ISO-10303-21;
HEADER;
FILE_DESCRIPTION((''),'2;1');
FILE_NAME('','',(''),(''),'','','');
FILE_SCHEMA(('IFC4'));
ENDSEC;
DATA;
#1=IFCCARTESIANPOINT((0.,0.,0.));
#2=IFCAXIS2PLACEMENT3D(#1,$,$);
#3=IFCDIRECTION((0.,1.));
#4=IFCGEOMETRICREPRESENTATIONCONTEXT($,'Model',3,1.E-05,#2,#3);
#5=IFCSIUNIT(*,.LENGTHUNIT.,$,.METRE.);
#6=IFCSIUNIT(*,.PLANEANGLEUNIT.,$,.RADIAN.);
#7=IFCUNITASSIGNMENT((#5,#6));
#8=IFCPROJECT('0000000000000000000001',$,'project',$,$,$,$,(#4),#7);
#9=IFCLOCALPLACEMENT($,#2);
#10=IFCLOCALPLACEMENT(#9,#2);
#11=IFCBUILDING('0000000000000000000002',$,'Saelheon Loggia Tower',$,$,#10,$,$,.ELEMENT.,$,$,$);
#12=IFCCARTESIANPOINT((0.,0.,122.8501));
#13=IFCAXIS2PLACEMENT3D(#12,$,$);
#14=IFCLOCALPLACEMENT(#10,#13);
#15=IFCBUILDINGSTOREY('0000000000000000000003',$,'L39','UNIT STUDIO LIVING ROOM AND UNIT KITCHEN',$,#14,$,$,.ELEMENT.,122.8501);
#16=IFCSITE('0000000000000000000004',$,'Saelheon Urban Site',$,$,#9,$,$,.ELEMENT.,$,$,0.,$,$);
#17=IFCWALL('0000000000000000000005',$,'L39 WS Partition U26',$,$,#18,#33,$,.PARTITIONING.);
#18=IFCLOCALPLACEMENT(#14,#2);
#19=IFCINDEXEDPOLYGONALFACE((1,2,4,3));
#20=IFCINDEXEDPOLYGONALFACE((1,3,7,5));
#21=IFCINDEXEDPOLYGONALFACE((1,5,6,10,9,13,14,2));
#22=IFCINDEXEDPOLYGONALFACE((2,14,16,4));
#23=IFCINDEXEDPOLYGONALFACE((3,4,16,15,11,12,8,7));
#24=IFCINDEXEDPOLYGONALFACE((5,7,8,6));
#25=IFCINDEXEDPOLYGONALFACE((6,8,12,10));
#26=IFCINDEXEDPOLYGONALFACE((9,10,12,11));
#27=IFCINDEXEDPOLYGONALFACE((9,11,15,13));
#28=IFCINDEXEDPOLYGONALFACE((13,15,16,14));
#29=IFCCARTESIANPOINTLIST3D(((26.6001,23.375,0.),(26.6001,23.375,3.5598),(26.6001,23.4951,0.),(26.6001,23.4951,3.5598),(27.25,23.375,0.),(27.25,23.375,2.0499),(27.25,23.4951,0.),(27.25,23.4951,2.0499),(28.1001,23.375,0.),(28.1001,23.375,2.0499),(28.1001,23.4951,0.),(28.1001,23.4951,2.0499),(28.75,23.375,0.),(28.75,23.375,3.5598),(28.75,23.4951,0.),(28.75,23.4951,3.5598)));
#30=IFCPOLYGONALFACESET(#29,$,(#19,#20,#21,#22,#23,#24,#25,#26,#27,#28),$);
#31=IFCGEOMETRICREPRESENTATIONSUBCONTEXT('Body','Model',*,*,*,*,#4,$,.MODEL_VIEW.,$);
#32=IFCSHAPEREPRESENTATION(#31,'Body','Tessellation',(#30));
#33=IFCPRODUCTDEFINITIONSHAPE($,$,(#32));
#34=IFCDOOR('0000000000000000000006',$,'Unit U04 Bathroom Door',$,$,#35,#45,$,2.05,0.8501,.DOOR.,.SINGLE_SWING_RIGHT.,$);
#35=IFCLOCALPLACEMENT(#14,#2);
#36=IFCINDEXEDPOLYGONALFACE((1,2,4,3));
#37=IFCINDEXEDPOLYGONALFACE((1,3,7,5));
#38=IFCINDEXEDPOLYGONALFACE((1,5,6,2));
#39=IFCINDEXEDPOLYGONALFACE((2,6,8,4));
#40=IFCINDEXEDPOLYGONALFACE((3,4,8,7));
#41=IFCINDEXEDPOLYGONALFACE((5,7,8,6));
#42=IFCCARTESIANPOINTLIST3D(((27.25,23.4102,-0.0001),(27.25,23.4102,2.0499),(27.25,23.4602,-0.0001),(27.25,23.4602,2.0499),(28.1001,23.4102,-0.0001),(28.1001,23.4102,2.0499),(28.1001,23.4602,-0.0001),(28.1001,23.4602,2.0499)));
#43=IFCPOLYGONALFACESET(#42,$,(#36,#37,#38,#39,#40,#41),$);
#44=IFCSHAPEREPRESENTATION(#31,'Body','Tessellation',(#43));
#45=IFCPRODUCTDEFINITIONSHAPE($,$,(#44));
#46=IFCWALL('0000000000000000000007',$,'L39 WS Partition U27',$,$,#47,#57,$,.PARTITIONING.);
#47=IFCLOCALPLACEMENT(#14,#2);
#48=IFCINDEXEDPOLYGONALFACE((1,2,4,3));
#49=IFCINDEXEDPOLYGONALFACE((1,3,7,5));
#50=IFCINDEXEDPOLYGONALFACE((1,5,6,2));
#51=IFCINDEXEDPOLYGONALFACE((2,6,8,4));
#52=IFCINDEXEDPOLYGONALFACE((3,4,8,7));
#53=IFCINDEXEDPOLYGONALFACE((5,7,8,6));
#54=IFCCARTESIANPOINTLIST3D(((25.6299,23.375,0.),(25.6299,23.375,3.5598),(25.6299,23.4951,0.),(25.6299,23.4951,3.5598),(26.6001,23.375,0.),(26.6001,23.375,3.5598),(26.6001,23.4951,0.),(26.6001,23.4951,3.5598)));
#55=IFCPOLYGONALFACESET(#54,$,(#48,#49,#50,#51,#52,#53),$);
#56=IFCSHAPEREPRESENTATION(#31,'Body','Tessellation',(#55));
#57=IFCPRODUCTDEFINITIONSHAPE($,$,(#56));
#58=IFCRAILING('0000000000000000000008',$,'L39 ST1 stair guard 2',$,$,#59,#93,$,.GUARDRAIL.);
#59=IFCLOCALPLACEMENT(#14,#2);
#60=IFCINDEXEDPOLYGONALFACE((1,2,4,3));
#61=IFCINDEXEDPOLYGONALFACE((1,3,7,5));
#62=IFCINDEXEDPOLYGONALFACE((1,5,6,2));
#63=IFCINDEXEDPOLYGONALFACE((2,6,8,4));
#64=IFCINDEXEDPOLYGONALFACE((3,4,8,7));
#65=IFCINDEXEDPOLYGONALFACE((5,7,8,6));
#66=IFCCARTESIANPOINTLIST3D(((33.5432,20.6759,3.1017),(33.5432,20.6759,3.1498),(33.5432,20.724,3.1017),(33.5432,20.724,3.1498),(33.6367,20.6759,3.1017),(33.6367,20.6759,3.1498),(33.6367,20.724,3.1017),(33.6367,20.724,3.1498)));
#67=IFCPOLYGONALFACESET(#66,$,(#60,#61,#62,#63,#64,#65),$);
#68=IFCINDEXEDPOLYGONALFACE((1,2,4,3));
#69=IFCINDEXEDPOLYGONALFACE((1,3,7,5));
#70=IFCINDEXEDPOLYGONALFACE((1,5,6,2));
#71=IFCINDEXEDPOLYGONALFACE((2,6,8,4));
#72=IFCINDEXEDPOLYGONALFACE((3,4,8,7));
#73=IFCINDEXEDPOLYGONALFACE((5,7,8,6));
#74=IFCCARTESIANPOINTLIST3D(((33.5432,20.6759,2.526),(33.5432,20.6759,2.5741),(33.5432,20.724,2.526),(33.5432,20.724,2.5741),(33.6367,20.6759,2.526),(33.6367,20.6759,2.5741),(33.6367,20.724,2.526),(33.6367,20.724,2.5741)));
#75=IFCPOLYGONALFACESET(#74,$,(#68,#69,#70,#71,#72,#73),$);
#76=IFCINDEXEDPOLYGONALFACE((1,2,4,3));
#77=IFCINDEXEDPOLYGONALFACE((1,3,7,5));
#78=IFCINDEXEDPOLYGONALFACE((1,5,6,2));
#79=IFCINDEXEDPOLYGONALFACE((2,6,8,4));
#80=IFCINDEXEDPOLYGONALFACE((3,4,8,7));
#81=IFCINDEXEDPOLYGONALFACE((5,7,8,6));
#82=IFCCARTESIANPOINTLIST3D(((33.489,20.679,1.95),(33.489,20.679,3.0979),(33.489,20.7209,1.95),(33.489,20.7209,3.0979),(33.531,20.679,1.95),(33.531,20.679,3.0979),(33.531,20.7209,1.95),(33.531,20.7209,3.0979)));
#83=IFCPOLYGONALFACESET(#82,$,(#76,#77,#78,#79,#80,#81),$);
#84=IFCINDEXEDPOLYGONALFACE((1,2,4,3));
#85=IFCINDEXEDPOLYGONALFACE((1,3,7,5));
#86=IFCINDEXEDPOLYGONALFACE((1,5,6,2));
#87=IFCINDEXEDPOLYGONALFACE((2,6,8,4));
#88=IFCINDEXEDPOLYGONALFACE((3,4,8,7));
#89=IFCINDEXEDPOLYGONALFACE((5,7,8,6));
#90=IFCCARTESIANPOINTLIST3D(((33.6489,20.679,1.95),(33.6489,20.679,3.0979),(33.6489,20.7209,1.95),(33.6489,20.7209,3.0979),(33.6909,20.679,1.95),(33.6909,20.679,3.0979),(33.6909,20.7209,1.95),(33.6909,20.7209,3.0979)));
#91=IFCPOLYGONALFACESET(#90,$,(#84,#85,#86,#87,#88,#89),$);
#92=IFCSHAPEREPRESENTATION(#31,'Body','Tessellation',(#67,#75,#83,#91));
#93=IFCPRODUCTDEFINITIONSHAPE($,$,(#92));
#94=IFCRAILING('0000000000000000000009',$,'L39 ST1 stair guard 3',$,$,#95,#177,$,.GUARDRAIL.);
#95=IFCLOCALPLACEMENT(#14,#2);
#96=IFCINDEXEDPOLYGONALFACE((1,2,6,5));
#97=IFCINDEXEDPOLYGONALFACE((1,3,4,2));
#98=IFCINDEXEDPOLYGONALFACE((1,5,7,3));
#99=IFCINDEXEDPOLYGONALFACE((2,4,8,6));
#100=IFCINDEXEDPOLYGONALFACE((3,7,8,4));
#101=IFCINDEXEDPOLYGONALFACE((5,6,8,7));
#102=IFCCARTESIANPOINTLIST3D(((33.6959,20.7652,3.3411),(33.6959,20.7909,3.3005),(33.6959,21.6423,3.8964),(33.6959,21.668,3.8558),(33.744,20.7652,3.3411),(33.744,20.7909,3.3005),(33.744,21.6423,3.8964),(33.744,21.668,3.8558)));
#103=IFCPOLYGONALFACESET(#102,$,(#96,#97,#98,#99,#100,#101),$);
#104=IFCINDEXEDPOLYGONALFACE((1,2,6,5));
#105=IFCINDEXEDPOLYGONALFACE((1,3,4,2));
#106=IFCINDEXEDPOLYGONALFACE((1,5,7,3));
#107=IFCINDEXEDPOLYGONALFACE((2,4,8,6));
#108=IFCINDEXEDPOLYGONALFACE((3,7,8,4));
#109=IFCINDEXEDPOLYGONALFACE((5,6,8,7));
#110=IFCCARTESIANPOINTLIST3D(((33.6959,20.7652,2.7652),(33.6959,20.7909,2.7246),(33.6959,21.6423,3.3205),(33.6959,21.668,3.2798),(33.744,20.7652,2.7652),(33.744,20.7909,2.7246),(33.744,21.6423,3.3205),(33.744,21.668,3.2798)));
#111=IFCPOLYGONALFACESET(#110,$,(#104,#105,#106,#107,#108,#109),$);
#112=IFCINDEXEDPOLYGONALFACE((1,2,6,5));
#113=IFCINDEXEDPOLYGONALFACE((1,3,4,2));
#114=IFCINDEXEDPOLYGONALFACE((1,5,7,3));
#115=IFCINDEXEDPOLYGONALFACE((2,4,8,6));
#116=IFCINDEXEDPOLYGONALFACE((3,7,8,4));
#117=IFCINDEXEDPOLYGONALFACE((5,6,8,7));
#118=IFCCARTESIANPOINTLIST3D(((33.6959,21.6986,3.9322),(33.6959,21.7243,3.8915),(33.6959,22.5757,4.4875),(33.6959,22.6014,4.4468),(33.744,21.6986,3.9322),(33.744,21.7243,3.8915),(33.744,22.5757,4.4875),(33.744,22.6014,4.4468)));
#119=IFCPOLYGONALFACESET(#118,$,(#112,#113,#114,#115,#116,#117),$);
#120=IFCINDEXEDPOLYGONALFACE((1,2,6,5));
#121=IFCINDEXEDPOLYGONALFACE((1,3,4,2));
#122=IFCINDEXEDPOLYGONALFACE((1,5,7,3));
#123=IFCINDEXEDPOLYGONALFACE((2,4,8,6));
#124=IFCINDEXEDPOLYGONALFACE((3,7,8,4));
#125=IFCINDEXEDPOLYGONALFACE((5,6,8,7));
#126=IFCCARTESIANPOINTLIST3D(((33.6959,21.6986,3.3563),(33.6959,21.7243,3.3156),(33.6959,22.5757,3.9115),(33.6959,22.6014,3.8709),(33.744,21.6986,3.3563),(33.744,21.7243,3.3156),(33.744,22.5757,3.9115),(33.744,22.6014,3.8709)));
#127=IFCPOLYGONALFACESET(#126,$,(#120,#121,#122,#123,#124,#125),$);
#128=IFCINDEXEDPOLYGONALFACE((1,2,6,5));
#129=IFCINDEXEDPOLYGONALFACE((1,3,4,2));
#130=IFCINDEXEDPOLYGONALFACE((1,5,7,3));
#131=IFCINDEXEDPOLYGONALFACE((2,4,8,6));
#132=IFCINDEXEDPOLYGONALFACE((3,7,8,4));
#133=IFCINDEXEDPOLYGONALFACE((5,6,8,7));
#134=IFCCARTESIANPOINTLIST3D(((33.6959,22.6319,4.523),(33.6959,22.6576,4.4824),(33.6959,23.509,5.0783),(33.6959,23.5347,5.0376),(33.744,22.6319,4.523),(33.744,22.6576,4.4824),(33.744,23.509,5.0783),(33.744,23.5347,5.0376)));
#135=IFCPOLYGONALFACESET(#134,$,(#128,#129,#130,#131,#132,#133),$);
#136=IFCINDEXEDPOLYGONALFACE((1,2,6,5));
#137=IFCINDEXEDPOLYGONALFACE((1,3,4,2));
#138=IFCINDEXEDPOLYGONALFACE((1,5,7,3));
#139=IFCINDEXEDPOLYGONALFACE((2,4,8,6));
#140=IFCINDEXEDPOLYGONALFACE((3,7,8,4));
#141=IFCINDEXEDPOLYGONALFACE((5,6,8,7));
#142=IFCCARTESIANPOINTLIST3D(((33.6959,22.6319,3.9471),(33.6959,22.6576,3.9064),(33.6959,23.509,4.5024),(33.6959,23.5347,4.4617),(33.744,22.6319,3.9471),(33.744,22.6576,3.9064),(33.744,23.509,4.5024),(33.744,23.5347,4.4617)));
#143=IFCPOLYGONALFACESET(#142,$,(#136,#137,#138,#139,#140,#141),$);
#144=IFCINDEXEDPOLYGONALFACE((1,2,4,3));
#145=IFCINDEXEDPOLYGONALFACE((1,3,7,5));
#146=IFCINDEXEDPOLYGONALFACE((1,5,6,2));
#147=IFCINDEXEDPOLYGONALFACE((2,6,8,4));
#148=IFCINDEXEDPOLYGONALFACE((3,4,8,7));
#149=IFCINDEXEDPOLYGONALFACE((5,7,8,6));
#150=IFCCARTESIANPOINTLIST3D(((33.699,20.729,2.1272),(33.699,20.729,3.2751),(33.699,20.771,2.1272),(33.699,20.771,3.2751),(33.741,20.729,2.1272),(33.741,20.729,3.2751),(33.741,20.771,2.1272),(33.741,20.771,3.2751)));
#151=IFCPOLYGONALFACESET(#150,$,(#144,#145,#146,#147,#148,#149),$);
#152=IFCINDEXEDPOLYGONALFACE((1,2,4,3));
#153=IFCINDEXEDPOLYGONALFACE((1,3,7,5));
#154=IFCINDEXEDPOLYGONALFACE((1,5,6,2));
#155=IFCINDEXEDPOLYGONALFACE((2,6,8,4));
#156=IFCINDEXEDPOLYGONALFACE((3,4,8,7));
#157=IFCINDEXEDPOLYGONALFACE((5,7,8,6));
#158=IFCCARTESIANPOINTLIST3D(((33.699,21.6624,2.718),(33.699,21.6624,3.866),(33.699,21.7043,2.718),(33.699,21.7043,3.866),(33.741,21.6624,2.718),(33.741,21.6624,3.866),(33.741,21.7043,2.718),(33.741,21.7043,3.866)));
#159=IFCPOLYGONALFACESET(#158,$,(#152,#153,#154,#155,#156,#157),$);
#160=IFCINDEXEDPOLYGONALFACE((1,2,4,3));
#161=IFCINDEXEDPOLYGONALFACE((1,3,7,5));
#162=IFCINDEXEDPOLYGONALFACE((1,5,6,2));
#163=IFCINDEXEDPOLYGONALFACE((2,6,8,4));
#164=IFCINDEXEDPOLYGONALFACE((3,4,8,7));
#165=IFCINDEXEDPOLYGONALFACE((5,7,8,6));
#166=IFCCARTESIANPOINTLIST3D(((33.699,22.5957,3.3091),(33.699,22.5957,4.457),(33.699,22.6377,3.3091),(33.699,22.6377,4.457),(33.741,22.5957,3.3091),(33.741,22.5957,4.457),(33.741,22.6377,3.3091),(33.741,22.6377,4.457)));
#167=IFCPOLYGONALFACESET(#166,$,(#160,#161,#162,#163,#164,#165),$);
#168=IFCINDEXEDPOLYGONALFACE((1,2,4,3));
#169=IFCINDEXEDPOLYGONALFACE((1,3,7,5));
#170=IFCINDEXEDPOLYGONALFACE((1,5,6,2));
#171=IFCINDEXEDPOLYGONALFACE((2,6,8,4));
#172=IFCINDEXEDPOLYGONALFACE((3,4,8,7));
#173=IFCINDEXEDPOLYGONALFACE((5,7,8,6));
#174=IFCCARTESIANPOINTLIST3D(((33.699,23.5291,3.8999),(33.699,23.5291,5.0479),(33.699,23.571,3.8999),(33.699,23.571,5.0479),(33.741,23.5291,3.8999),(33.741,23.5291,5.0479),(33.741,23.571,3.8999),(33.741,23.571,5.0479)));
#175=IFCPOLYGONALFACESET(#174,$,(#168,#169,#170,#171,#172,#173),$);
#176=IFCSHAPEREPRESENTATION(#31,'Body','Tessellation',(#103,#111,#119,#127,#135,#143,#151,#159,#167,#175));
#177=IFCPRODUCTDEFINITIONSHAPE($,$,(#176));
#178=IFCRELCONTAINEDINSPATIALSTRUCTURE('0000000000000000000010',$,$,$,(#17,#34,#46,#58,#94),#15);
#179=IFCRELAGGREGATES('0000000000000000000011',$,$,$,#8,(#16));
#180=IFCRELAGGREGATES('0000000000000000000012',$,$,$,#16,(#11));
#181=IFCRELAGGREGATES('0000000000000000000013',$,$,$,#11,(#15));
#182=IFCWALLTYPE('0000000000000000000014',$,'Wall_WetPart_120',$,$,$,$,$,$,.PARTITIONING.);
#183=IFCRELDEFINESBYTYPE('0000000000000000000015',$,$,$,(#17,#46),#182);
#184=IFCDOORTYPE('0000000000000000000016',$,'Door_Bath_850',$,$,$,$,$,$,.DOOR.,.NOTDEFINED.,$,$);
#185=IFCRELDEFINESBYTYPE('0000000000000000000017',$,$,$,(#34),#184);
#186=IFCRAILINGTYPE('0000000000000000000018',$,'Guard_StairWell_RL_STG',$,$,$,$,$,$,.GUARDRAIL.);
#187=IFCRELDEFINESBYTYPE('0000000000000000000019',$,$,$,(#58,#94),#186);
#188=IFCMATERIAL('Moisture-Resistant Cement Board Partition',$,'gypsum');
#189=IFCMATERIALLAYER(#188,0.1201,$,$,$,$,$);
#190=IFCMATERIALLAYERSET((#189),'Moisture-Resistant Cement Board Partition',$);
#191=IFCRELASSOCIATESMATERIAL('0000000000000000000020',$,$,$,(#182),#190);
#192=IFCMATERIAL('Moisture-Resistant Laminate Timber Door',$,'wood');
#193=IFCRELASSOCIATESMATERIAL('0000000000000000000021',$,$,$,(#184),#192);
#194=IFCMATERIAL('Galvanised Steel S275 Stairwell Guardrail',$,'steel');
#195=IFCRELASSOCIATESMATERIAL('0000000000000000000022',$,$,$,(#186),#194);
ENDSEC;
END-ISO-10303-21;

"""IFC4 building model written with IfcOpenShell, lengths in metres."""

from ifc_helpers import new_model, si_unit, direction, frame, frame_2d, origin, origin_2d, place, context, subcontext, project, spatial, rectangle, extrude, source, transform, mapped, material, layer, layer_set, type_object, element, fill, save


model = new_model("IFC4")

# Units and contexts
model_context = context("Model", 3, precision=1e-05, world=origin(), true_north=direction((0.0, 1.0)))
body_context = subcontext(model_context, "Body", "Model", "MODEL_VIEW")
ifc_project = project(units=[si_unit("LENGTHUNIT", "METRE"), si_unit("PLANEANGLEUNIT", "RADIAN")], contexts=[model_context])

# Site, building, storey
site_placement = place(None, origin())
site = spatial("IfcSite", under=ifc_project, at=site_placement, Name="Saelheon Urban Site", CompositionType="ELEMENT", RefElevation=0.0)
building_placement = place(site_placement, origin())
building = spatial("IfcBuilding", under=site, at=building_placement, Name="Saelheon Loggia Tower", CompositionType="ELEMENT")
storey_placement = place(building_placement, frame((0.0, 0.0, 122.8501)))
storey = spatial("IfcBuildingStorey", under=building, at=storey_placement, Name="L39", Description="UNIT STUDIO LIVING ROOM AND UNIT KITCHEN", CompositionType="ELEMENT", Elevation=122.8501)

# Wall, opening, door
ifc_material_1 = material(Name="Moisture-Resistant Cement Board Partition", Category="gypsum")
ifc_layer_1 = layer(ifc_material_1, 0.1201)
ifc_layer_set_1 = layer_set([ifc_layer_1], Name="Moisture-Resistant Cement Board Partition")
wall_type_1 = type_object("IfcWallType", Name="Wall_WetPart_120", PredefinedType="PARTITIONING", material=ifc_layer_set_1)
ifc_material_2 = material(Name="Moisture-Resistant Laminate Timber Door", Category="wood")
door_type_1 = type_object("IfcDoorType", Name="Door_Bath_850", OperationType="NOTDEFINED", PredefinedType="DOOR", material=ifc_material_2)
shared_shape_1 = source(origin(), body_context, "Body", "SweptSolid", [
    extrude(rectangle(XDim=0.8501, YDim=2.05, at=frame_2d((0.425, 1.0249))), frame((0.0, 0.0249, 0.0), z_axis=(0.0, -1.0, 0.0), x_axis=(1.0, 0.0, 0.0)), (0.0, 0.0, 1.0), 0.05),
])
wall_1_placement = place(storey_placement, frame((28.75, 23.4351, 0.0), z_axis=(0.0, 0.0, 1.0), x_axis=(-1.0, 0.0, 0.0)))
wall_1 = element("IfcWall", 1, at=wall_1_placement, inside=storey, type_object=wall_type_1, Name="L39 WS Partition U26", PredefinedType="PARTITIONING", context=body_context, shape_type="SweptSolid", body=[
    extrude(rectangle(XDim=2.1499, YDim=0.1201, at=frame_2d((1.075, 0.0))), origin(), (0.0, 0.0, 1.0), 3.5598),
])
opening_1_placement = place(wall_1_placement, frame((0.6499, 0.0, 0.0)))
opening_1 = element("IfcOpeningElement", 2, at=opening_1_placement, cuts=wall_1, PredefinedType="OPENING", context=body_context, shape_type="SweptSolid", body=[
    extrude(rectangle(XDim=0.8501, YDim=2.05, at=frame_2d((0.425, 1.0249))), frame((0.0, 0.072, 0.0), z_axis=(0.0, -1.0, 0.0), x_axis=(1.0, 0.0, 0.0)), (0.0, 0.0, 1.0), 0.144),
])
door_1_placement = place(opening_1_placement, origin())
door_1 = element("IfcDoor", 3, at=door_1_placement, inside=storey, type_object=door_type_1, Name="Unit U04 Bathroom Door", OperationType="SINGLE_SWING_RIGHT", OverallHeight=2.05, OverallWidth=0.8501, PredefinedType="DOOR", context=body_context, shape_type="MappedRepresentation", body=[
    mapped(shared_shape_1, transform((0.0, 0.0, 0.0), scale=1.0)),
])
fill(opening_1, door_1)

# Wall
wall_2_placement = place(storey_placement, frame((26.6001, 23.4351, 0.0), z_axis=(0.0, 0.0, 1.0), x_axis=(-1.0, 0.0, 0.0)))
element("IfcWall", 4, at=wall_2_placement, inside=storey, type_object=wall_type_1, Name="L39 WS Partition U27", PredefinedType="PARTITIONING", context=body_context, shape_type="SweptSolid", body=[
    extrude(rectangle(XDim=0.9702, YDim=0.1201, at=frame_2d((0.4851, 0.0))), origin(), (0.0, 0.0, 1.0), 3.5598),
])

# Railings
ifc_material_3 = material(Name="Galvanised Steel S275 Stairwell Guardrail", Category="steel")
railing_type = type_object("IfcRailingType", Name="Guard_StairWell_RL_STG", PredefinedType="GUARDRAIL", material=ifc_material_3)
railing_1_placement = place(storey_placement, frame((33.51, 20.7, 1.95)))
element("IfcRailing", 5, at=railing_1_placement, inside=storey, type_object=railing_type, Name="L39 ST1 stair guard 2", PredefinedType="GUARDRAIL", context=body_context, shape_type="SweptSolid", body=[
    extrude(rectangle(XDim=0.0481, YDim=0.0481, at=origin_2d()), frame((0.0332, 0.0, 1.1758), z_axis=(1.0, 0.0, 0.0), x_axis=(0.0, 1.0, 0.0)), (0.0, 0.0, 1.0), 0.0935),
    extrude(rectangle(XDim=0.0481, YDim=0.0481, at=origin_2d()), frame((0.0332, 0.0, 0.6001), z_axis=(1.0, 0.0, 0.0), x_axis=(0.0, 1.0, 0.0)), (0.0, 0.0, 1.0), 0.0935),
    extrude(rectangle(XDim=0.042, YDim=0.042, at=origin_2d()), origin(), (0.0, 0.0, 1.0), 1.1479),
    extrude(rectangle(XDim=0.042, YDim=0.042, at=origin_2d()), frame((0.1599, 0.0, 0.0)), (0.0, 0.0, 1.0), 1.1479),
])
railing_2_placement = place(storey_placement, frame((33.72, 20.75, 2.1272)))
element("IfcRailing", 6, at=railing_2_placement, inside=storey, type_object=railing_type, Name="L39 ST1 stair guard 3", PredefinedType="GUARDRAIL", context=body_context, shape_type="SweptSolid", body=[
    extrude(rectangle(XDim=0.0481, YDim=0.0481, at=origin_2d()), frame((0.0, 0.0281, 1.1936), z_axis=(0.0, 0.844909, 0.53491), x_axis=(-1.0, 0.0, 0.0)), (0.0, 0.0, 1.0), 1.0381),
    extrude(rectangle(XDim=0.0481, YDim=0.0481, at=origin_2d()), frame((0.0, 0.0281, 0.6177), z_axis=(0.0, 0.844909, 0.53491), x_axis=(-1.0, 0.0, 0.0)), (0.0, 0.0, 1.0), 1.0381),
    extrude(rectangle(XDim=0.0481, YDim=0.0481, at=origin_2d()), frame((0.0, 0.9614, 1.7847), z_axis=(0.0, 0.844909, 0.53491), x_axis=(-1.0, 0.0, 0.0)), (0.0, 0.0, 1.0), 1.0381),
    extrude(rectangle(XDim=0.0481, YDim=0.0481, at=origin_2d()), frame((0.0, 0.9614, 1.2087), z_axis=(0.0, 0.844909, 0.53491), x_axis=(-1.0, 0.0, 0.0)), (0.0, 0.0, 1.0), 1.0381),
    extrude(rectangle(XDim=0.0481, YDim=0.0481, at=origin_2d()), frame((0.0, 1.8948, 2.3755), z_axis=(0.0, 0.844909, 0.53491), x_axis=(-1.0, 0.0, 0.0)), (0.0, 0.0, 1.0), 1.0381),
    extrude(rectangle(XDim=0.0481, YDim=0.0481, at=origin_2d()), frame((0.0, 1.8948, 1.7996), z_axis=(0.0, 0.844909, 0.53491), x_axis=(-1.0, 0.0, 0.0)), (0.0, 0.0, 1.0), 1.0381),
    extrude(rectangle(XDim=0.042, YDim=0.042, at=origin_2d()), origin(), (0.0, 0.0, 1.0), 1.1479),
    extrude(rectangle(XDim=0.042, YDim=0.042, at=origin_2d()), frame((0.0, 0.9333, 0.5908)), (0.0, 0.0, 1.0), 1.1479),
    extrude(rectangle(XDim=0.042, YDim=0.042, at=origin_2d()), frame((0.0, 1.8667, 1.1819)), (0.0, 0.0, 1.0), 1.1479),
    extrude(rectangle(XDim=0.042, YDim=0.042, at=origin_2d()), frame((0.0, 2.8, 1.7727)), (0.0, 0.0, 1.0), 1.1479),
])

save(model, "model.ifc")
